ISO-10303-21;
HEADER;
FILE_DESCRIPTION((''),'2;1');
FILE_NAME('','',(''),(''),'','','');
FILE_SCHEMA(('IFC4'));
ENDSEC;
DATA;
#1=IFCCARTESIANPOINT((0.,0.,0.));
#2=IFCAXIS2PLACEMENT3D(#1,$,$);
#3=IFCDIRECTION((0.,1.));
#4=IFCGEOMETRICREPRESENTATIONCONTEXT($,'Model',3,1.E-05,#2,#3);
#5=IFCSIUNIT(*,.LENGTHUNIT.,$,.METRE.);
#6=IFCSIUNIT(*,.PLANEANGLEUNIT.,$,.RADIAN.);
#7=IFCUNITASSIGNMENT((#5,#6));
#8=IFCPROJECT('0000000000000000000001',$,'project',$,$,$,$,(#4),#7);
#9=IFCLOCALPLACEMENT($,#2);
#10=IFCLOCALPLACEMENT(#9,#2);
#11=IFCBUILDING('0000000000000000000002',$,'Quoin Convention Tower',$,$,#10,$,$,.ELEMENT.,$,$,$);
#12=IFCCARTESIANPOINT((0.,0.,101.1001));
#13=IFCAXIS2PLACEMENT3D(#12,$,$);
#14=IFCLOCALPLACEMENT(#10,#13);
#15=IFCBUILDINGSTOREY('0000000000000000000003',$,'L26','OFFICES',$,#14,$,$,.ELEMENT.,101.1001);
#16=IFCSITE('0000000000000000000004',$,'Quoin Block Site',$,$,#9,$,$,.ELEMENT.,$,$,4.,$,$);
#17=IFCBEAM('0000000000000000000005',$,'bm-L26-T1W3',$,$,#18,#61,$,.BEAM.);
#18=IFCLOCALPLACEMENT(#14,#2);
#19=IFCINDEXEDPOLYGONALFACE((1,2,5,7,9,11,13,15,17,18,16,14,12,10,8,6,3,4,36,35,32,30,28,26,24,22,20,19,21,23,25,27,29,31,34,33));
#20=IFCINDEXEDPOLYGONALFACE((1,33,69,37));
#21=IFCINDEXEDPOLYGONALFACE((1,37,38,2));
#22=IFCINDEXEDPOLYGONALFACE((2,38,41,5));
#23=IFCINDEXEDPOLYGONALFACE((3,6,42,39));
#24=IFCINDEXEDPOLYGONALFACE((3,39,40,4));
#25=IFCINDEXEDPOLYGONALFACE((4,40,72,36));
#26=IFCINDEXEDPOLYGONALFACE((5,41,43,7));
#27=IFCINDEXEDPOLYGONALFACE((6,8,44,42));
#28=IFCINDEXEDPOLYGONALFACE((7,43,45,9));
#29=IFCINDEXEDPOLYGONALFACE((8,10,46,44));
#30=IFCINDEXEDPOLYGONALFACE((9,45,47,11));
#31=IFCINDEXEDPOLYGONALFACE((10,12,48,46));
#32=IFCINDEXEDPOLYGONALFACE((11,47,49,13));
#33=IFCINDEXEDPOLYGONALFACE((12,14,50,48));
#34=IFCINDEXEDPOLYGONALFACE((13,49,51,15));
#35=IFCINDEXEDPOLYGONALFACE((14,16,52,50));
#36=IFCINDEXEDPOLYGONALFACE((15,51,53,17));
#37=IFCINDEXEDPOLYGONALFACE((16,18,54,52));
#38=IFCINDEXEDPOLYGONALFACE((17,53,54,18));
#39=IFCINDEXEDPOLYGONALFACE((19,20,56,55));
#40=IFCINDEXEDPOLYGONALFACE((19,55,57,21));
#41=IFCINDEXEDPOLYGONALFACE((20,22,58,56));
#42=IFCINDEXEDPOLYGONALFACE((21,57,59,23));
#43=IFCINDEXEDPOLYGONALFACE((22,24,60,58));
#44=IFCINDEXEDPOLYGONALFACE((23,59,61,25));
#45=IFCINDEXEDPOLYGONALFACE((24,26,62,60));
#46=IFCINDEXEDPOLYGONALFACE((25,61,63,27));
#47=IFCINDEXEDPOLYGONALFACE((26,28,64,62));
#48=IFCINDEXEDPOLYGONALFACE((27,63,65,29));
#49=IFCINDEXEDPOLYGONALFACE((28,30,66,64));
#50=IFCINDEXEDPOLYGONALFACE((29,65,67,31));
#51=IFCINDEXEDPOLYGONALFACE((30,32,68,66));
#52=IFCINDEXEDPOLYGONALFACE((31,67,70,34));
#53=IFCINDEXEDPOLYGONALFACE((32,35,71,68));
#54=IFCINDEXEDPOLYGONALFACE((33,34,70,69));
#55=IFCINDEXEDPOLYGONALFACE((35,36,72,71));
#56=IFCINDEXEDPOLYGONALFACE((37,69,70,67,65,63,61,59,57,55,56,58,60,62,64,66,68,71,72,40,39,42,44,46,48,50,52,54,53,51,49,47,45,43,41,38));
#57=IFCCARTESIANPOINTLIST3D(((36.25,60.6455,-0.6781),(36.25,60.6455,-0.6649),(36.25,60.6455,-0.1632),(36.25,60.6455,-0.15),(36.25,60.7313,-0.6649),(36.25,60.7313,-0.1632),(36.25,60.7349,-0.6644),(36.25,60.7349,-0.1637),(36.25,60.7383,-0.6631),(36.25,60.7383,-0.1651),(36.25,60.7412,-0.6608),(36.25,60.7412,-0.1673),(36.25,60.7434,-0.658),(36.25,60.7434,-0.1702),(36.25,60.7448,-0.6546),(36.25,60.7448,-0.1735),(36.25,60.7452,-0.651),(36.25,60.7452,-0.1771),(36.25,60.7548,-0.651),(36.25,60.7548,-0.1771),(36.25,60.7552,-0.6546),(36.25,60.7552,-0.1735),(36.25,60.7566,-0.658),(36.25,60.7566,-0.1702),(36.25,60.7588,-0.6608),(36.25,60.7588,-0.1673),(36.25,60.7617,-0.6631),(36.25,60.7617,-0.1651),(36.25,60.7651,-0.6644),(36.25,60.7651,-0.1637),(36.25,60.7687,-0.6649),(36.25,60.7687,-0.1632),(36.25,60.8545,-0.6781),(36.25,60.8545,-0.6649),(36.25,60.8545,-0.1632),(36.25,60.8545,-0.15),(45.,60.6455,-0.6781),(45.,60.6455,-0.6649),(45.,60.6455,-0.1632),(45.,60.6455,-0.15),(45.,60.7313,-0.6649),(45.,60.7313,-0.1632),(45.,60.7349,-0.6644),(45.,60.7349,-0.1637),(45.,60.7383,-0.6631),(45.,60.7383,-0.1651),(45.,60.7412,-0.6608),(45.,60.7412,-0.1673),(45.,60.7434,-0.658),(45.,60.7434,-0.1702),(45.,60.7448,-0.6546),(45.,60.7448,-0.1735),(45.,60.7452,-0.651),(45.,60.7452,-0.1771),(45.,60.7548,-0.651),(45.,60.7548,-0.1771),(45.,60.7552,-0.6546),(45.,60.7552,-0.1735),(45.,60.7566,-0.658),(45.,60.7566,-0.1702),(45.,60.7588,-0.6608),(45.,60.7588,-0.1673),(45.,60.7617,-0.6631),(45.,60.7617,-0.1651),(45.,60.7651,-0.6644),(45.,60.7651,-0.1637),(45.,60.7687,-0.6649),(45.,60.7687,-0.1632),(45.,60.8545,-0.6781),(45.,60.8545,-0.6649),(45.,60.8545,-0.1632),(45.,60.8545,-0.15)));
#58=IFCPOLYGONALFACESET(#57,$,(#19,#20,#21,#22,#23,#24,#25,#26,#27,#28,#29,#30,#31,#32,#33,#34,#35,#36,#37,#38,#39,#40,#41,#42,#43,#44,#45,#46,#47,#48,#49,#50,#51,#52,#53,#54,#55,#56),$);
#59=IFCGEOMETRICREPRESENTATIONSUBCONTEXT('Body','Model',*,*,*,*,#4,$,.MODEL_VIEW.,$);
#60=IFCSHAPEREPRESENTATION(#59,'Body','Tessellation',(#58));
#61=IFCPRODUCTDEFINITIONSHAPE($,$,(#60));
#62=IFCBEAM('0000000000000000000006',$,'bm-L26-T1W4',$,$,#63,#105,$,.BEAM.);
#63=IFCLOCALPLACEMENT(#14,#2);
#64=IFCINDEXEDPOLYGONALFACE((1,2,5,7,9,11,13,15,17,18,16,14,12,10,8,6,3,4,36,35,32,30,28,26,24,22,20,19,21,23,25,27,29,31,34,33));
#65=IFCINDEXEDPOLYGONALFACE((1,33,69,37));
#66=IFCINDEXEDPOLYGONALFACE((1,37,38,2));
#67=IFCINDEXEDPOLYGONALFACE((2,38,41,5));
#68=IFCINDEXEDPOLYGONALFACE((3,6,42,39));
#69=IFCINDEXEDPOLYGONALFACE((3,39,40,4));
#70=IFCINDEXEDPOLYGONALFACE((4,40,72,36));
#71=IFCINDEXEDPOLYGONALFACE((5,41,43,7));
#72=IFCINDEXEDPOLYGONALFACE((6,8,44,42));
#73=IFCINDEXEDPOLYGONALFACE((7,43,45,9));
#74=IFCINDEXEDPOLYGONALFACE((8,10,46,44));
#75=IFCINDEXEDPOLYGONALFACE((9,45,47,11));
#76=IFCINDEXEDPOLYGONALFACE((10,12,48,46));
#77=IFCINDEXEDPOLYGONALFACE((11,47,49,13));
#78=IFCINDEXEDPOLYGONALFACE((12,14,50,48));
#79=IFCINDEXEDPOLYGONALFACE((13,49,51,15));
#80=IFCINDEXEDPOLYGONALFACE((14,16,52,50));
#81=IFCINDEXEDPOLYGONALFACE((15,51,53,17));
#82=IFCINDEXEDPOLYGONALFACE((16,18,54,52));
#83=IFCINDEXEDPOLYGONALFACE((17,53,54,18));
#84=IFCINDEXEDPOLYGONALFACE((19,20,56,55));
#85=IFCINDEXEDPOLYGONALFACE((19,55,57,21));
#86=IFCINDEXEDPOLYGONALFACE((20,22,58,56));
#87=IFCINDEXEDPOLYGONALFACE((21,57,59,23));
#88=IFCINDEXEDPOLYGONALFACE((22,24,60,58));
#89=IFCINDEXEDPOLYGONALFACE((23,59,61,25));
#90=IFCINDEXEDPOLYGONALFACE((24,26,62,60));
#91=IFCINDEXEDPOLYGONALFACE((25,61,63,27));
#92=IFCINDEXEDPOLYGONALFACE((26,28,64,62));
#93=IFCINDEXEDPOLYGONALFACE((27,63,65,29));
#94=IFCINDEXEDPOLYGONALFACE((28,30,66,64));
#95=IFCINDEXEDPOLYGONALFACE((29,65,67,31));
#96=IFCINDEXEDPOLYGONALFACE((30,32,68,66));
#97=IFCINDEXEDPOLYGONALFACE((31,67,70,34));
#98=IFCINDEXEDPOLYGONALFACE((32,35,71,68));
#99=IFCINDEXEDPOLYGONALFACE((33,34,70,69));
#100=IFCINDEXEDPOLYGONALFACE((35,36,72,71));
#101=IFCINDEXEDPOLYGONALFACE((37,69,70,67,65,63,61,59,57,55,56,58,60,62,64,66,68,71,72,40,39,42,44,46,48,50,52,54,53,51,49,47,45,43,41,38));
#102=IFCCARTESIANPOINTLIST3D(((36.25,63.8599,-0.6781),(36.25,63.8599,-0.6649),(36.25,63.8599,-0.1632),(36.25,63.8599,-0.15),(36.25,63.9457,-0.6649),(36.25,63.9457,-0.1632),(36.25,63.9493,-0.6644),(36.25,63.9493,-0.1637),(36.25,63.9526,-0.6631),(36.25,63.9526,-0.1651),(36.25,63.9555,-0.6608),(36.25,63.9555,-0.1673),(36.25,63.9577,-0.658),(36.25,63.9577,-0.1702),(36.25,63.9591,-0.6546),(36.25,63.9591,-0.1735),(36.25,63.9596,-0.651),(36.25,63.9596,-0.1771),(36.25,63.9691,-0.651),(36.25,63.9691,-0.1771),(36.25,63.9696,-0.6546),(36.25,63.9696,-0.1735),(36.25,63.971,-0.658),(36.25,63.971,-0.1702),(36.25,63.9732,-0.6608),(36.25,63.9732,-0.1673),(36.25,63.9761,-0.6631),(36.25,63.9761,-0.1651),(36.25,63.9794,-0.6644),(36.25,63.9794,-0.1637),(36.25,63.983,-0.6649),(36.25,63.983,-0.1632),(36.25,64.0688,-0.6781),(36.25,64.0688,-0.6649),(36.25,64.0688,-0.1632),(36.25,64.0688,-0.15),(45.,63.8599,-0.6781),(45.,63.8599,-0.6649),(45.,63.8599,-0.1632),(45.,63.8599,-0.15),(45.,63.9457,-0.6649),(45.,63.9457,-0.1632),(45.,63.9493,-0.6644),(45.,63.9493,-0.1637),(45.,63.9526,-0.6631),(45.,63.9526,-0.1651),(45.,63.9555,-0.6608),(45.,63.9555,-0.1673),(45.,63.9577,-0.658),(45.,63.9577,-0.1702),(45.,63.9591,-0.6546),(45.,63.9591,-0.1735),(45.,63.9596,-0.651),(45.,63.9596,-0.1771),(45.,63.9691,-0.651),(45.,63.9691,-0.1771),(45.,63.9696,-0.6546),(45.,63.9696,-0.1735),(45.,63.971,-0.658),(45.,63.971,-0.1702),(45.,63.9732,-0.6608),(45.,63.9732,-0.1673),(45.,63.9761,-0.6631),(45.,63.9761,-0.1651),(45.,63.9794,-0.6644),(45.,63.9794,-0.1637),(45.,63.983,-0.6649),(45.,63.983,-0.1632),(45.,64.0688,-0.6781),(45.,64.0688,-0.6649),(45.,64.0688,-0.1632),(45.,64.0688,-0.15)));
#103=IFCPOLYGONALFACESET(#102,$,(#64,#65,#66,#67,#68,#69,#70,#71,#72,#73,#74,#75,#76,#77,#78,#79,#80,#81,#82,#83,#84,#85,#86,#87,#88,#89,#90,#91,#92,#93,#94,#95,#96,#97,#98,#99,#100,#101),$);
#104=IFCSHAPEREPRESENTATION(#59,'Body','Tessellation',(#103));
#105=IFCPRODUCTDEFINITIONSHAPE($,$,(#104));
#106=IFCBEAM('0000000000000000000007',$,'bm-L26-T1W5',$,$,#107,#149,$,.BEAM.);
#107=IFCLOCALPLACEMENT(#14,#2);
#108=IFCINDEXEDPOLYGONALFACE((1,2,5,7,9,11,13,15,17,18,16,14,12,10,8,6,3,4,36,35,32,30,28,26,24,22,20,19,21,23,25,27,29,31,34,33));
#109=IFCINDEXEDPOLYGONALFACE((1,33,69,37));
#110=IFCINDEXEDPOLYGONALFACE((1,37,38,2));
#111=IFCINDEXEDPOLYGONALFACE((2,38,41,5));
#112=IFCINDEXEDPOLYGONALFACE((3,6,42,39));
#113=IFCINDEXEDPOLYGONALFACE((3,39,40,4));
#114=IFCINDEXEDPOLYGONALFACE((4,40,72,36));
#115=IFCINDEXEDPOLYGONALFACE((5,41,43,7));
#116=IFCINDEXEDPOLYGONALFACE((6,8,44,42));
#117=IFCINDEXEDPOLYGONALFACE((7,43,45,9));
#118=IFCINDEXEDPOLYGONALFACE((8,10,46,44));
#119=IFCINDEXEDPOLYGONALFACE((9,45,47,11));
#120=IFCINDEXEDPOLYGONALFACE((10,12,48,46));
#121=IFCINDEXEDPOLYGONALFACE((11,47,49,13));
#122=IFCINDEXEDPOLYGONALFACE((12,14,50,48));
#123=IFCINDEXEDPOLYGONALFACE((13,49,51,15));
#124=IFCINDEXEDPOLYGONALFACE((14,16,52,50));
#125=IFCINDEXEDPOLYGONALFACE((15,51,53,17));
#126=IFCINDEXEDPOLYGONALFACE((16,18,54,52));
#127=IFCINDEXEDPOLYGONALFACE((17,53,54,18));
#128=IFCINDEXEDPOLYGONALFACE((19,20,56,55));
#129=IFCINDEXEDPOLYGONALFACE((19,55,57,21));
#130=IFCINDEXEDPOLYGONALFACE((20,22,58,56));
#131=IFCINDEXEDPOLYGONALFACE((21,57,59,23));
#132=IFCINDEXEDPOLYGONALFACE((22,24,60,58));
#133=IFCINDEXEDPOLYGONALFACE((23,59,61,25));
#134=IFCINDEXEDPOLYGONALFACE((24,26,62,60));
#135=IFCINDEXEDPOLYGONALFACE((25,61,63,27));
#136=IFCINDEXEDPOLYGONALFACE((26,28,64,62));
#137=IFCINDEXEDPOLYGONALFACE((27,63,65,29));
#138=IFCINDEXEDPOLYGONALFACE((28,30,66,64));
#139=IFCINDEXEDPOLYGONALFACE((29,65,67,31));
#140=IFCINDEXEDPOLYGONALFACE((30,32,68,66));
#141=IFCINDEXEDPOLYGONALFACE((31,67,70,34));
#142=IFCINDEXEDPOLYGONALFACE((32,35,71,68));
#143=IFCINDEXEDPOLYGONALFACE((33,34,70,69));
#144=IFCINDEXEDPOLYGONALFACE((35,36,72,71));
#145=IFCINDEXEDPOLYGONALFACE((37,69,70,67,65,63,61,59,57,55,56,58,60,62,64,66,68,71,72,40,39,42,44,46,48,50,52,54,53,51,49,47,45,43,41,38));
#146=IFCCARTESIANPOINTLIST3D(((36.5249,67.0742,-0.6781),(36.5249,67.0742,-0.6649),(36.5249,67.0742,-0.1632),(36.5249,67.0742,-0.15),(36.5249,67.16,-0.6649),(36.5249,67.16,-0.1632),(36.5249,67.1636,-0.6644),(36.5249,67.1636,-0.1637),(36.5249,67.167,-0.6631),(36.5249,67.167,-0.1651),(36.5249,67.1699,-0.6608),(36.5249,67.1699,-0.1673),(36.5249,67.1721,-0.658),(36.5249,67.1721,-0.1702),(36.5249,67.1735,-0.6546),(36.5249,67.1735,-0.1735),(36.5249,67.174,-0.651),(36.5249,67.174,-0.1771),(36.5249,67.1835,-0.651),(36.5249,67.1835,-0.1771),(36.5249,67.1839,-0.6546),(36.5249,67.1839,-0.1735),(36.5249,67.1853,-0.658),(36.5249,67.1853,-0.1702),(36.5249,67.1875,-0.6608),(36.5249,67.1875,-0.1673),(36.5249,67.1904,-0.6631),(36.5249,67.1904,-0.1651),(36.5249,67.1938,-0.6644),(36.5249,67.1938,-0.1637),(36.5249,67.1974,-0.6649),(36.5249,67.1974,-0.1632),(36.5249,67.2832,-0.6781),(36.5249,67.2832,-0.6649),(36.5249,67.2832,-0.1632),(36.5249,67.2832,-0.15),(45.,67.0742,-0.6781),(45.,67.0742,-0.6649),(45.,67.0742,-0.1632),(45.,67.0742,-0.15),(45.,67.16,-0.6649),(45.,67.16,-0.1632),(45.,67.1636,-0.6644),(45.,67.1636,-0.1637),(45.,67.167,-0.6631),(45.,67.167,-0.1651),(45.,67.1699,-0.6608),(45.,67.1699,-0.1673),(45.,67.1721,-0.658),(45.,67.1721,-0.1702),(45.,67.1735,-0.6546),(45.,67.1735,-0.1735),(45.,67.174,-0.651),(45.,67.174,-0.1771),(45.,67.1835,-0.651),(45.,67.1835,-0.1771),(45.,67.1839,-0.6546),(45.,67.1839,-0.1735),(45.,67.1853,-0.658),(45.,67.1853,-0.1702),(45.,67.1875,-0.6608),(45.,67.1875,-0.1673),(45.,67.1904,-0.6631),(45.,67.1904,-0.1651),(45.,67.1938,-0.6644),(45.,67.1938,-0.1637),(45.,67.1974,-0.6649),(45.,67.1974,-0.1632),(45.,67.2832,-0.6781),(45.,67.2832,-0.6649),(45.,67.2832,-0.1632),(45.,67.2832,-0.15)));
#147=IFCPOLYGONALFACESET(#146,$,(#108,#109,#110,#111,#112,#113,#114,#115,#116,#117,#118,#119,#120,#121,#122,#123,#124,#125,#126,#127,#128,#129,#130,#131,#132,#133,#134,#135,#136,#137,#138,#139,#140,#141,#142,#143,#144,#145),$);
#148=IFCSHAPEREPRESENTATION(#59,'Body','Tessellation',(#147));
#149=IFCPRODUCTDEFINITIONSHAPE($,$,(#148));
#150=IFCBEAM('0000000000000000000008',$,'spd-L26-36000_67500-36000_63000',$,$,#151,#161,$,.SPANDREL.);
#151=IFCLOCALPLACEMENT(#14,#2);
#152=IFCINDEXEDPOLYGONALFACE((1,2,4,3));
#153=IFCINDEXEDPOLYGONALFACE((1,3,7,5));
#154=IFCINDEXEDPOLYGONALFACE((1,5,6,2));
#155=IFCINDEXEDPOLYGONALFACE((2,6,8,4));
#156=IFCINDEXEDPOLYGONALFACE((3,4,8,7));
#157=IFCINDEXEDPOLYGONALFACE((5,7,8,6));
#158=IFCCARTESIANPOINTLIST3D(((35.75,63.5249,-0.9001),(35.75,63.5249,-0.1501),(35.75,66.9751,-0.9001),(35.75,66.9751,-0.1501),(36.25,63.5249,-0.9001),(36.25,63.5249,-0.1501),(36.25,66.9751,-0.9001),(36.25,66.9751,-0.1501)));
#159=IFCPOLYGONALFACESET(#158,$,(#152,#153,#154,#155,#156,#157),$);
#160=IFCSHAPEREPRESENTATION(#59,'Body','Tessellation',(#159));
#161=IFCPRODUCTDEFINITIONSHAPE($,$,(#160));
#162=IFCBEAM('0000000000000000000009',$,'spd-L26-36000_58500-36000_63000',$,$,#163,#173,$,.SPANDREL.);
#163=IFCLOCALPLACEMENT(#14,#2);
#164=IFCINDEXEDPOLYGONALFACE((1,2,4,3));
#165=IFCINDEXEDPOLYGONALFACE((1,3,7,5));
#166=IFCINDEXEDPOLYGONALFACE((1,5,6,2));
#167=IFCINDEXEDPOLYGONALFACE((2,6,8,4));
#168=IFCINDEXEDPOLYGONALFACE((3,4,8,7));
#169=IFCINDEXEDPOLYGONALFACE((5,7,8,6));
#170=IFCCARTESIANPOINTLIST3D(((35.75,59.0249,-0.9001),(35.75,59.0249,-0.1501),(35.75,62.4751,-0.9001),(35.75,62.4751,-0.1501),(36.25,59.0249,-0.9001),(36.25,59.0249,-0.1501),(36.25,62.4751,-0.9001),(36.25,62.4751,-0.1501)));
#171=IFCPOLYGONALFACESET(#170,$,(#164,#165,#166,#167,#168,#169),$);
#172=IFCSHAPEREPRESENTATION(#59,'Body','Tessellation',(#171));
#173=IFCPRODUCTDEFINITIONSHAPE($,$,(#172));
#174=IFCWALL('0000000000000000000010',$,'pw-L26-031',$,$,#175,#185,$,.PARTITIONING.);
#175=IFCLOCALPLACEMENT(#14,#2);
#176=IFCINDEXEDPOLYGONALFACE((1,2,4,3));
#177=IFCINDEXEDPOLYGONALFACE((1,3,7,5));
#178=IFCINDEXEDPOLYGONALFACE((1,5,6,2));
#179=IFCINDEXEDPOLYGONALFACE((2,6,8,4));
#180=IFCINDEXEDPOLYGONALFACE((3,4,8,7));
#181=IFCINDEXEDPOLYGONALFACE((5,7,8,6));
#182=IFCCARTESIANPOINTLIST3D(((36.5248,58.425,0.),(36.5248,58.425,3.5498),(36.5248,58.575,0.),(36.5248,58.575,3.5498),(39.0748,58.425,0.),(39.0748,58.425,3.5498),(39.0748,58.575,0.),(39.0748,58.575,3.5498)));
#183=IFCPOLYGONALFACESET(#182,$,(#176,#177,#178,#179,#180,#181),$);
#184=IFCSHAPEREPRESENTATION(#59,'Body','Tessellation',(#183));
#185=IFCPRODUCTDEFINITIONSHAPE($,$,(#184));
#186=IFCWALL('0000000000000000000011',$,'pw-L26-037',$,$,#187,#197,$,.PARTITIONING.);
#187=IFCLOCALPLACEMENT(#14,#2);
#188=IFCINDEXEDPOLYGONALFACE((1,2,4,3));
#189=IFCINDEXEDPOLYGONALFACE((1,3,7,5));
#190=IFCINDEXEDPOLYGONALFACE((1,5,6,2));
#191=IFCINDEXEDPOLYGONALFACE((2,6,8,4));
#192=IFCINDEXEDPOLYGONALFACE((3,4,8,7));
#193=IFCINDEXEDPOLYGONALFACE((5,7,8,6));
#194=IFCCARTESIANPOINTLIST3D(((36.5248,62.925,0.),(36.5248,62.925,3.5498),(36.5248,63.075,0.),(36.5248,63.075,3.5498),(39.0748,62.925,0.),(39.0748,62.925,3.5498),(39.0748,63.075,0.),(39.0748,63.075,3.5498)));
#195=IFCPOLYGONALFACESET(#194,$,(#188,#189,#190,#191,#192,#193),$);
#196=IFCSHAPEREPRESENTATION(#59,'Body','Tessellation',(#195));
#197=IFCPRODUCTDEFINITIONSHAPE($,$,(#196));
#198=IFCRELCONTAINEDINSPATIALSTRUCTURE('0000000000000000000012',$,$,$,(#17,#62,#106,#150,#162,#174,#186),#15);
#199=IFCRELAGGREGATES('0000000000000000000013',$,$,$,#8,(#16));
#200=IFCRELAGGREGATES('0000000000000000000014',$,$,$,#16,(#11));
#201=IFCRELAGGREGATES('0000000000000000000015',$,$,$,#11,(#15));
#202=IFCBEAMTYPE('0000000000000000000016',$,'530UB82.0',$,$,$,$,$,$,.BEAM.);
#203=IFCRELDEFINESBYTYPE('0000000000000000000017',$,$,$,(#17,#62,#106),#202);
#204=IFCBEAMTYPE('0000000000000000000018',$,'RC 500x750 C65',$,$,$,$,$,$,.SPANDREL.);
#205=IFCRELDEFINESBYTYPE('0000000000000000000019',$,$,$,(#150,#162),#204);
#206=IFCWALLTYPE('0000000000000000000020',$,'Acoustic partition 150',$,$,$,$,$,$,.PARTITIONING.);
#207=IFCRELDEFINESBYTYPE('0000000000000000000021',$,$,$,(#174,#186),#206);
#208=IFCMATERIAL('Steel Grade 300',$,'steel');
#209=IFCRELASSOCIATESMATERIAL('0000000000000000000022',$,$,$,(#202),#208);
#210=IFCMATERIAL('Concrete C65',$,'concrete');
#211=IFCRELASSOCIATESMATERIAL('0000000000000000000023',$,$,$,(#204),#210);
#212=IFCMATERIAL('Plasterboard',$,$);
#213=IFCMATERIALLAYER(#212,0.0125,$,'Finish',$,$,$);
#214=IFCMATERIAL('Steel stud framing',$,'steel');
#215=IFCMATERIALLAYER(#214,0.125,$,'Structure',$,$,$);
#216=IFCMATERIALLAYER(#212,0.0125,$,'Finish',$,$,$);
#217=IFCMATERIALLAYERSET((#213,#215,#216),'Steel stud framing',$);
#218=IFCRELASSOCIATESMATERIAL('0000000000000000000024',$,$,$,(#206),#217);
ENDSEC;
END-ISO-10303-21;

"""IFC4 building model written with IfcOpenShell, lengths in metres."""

from ifc_helpers import new_model, si_unit, direction, frame, frame_2d, origin, origin_2d, place, context, subcontext, project, spatial, rectangle, i_section, extrude, material, layer, layer_set, material_profile, profile_set, type_object, element, save


model = new_model("IFC4")

# Units and contexts
model_context = context("Model", 3, precision=1e-05, world=origin(), true_north=direction((0.0, 1.0)))
body_context = subcontext(model_context, "Body", "Model", "MODEL_VIEW")
ifc_project = project(units=[si_unit("LENGTHUNIT", "METRE"), si_unit("PLANEANGLEUNIT", "RADIAN")], contexts=[model_context])

# Site, building, storey
site_placement = place(None, origin())
site = spatial("IfcSite", under=ifc_project, at=site_placement, Name="Quoin Block Site", CompositionType="ELEMENT", RefElevation=4.0)
building_placement = place(site_placement, origin())
building = spatial("IfcBuilding", under=site, at=building_placement, Name="Quoin Convention Tower", CompositionType="ELEMENT")
storey_placement = place(building_placement, frame((0.0, 0.0, 101.1001)))
storey = spatial("IfcBuildingStorey", under=building, at=storey_placement, Name="L26", Description="OFFICES", CompositionType="ELEMENT", Elevation=101.1001)

# Shared definitions
ifc_material_1 = material(Name="Concrete C65", Category="concrete")

# Beams
ifc_material_2 = material(Name="Steel Grade 300", Category="steel")
ifc_material_profile_1 = material_profile(ifc_material_2, i_section(OverallWidth=0.209, OverallDepth=0.5281, WebThickness=0.0095, FlangeThickness=0.0132, FilletRadius=0.0139, at=origin_2d()), Name="530UB82.0")
ifc_profile_set_1 = profile_set([ifc_material_profile_1], Name="Steel Grade 300")
beam_type_1 = type_object("IfcBeamType", Name="530UB82.0", PredefinedType="BEAM", material=ifc_profile_set_1)
for number, where, z_axis, x_axis, name in (
    (1, (36.25, 60.75, -0.4141), (1.0, 0.0, 0.0), (0.0, 1.0, 0.0), "bm-L26-T1W3"),
    (2, (36.25, 63.9644, -0.4141), (1.0, 0.0, 0.0), (0.0, 1.0, 0.0), "bm-L26-T1W4"),
):
    element("IfcBeam", number, at=place(storey_placement, frame(where, z_axis=z_axis, x_axis=x_axis)), inside=storey, type_object=beam_type_1, Name=name, PredefinedType="BEAM", context=body_context, shape_type="SweptSolid", body=[
        extrude(i_section(OverallWidth=0.209, OverallDepth=0.5281, WebThickness=0.0095, FlangeThickness=0.0132, FilletRadius=0.0139, at=origin_2d()), origin(), (0.0, 0.0, 1.0), 8.75),
    ])
beam_1_placement = place(storey_placement, frame((36.5249, 67.1787, -0.4141), z_axis=(1.0, 0.0, 0.0), x_axis=(0.0, 1.0, 0.0)))
element("IfcBeam", 3, at=beam_1_placement, inside=storey, type_object=beam_type_1, Name="bm-L26-T1W5", PredefinedType="BEAM", context=body_context, shape_type="SweptSolid", body=[
    extrude(i_section(OverallWidth=0.209, OverallDepth=0.5281, WebThickness=0.0095, FlangeThickness=0.0132, FilletRadius=0.0139, at=origin_2d()), origin(), (0.0, 0.0, 1.0), 8.4751),
])
ifc_material_profile_2 = material_profile(ifc_material_1, rectangle(XDim=0.5, YDim=0.75, at=origin_2d()), Name="RC 500x750")
ifc_profile_set_2 = profile_set([ifc_material_profile_2], Name="Concrete C65")
beam_type_2 = type_object("IfcBeamType", Name="RC 500x750 C65", PredefinedType="SPANDREL", material=ifc_profile_set_2)
for number, where, z_axis, x_axis, name in (
    (4, (36.0, 66.9751, -0.5251), (0.0, -1.0, 0.0), (1.0, 0.0, 0.0), "spd-L26-36000_67500-36000_63000"),
    (5, (36.0, 59.0249, -0.5251), (0.0, 1.0, 0.0), (-1.0, 0.0, 0.0), "spd-L26-36000_58500-36000_63000"),
):
    element("IfcBeam", number, at=place(storey_placement, frame(where, z_axis=z_axis, x_axis=x_axis)), inside=storey, type_object=beam_type_2, Name=name, PredefinedType="SPANDREL", context=body_context, shape_type="SweptSolid", body=[
        extrude(rectangle(XDim=0.5, YDim=0.75, at=origin_2d()), origin(), (0.0, 0.0, 1.0), 3.4502),
    ])

# Walls
ifc_material_3 = material(Name="Plasterboard")
ifc_layer_1 = layer(ifc_material_3, 0.0125, Name="Finish")
ifc_material_4 = material(Name="Steel stud framing", Category="steel")
ifc_layer_2 = layer(ifc_material_4, 0.125, Name="Structure")
ifc_layer_3 = layer(ifc_material_3, 0.0125, Name="Finish")
ifc_layer_set_1 = layer_set([ifc_layer_1, ifc_layer_2, ifc_layer_3], Name="Steel stud framing")
wall_type_1 = type_object("IfcWallType", Name="Acoustic partition 150", PredefinedType="PARTITIONING", material=ifc_layer_set_1)
for number, where, z_axis, x_axis, name in (
    (6, (36.5249, 58.5, 0.0), (0.0, 0.0, 1.0), (1.0, 0.0, 0.0), "pw-L26-031"),
    (7, (36.5249, 63.0, 0.0), (0.0, 0.0, 1.0), (1.0, 0.0, 0.0), "pw-L26-037"),
):
    element("IfcWall", number, at=place(storey_placement, frame(where, z_axis=z_axis, x_axis=x_axis)), inside=storey, type_object=wall_type_1, Name=name, PredefinedType="PARTITIONING", context=body_context, shape_type="SweptSolid", body=[
        extrude(rectangle(XDim=2.55, YDim=0.1499, at=frame_2d((1.2749, 0.0))), origin(), (0.0, 0.0, 1.0), 3.5498),
    ])

save(model, "model.ifc")
